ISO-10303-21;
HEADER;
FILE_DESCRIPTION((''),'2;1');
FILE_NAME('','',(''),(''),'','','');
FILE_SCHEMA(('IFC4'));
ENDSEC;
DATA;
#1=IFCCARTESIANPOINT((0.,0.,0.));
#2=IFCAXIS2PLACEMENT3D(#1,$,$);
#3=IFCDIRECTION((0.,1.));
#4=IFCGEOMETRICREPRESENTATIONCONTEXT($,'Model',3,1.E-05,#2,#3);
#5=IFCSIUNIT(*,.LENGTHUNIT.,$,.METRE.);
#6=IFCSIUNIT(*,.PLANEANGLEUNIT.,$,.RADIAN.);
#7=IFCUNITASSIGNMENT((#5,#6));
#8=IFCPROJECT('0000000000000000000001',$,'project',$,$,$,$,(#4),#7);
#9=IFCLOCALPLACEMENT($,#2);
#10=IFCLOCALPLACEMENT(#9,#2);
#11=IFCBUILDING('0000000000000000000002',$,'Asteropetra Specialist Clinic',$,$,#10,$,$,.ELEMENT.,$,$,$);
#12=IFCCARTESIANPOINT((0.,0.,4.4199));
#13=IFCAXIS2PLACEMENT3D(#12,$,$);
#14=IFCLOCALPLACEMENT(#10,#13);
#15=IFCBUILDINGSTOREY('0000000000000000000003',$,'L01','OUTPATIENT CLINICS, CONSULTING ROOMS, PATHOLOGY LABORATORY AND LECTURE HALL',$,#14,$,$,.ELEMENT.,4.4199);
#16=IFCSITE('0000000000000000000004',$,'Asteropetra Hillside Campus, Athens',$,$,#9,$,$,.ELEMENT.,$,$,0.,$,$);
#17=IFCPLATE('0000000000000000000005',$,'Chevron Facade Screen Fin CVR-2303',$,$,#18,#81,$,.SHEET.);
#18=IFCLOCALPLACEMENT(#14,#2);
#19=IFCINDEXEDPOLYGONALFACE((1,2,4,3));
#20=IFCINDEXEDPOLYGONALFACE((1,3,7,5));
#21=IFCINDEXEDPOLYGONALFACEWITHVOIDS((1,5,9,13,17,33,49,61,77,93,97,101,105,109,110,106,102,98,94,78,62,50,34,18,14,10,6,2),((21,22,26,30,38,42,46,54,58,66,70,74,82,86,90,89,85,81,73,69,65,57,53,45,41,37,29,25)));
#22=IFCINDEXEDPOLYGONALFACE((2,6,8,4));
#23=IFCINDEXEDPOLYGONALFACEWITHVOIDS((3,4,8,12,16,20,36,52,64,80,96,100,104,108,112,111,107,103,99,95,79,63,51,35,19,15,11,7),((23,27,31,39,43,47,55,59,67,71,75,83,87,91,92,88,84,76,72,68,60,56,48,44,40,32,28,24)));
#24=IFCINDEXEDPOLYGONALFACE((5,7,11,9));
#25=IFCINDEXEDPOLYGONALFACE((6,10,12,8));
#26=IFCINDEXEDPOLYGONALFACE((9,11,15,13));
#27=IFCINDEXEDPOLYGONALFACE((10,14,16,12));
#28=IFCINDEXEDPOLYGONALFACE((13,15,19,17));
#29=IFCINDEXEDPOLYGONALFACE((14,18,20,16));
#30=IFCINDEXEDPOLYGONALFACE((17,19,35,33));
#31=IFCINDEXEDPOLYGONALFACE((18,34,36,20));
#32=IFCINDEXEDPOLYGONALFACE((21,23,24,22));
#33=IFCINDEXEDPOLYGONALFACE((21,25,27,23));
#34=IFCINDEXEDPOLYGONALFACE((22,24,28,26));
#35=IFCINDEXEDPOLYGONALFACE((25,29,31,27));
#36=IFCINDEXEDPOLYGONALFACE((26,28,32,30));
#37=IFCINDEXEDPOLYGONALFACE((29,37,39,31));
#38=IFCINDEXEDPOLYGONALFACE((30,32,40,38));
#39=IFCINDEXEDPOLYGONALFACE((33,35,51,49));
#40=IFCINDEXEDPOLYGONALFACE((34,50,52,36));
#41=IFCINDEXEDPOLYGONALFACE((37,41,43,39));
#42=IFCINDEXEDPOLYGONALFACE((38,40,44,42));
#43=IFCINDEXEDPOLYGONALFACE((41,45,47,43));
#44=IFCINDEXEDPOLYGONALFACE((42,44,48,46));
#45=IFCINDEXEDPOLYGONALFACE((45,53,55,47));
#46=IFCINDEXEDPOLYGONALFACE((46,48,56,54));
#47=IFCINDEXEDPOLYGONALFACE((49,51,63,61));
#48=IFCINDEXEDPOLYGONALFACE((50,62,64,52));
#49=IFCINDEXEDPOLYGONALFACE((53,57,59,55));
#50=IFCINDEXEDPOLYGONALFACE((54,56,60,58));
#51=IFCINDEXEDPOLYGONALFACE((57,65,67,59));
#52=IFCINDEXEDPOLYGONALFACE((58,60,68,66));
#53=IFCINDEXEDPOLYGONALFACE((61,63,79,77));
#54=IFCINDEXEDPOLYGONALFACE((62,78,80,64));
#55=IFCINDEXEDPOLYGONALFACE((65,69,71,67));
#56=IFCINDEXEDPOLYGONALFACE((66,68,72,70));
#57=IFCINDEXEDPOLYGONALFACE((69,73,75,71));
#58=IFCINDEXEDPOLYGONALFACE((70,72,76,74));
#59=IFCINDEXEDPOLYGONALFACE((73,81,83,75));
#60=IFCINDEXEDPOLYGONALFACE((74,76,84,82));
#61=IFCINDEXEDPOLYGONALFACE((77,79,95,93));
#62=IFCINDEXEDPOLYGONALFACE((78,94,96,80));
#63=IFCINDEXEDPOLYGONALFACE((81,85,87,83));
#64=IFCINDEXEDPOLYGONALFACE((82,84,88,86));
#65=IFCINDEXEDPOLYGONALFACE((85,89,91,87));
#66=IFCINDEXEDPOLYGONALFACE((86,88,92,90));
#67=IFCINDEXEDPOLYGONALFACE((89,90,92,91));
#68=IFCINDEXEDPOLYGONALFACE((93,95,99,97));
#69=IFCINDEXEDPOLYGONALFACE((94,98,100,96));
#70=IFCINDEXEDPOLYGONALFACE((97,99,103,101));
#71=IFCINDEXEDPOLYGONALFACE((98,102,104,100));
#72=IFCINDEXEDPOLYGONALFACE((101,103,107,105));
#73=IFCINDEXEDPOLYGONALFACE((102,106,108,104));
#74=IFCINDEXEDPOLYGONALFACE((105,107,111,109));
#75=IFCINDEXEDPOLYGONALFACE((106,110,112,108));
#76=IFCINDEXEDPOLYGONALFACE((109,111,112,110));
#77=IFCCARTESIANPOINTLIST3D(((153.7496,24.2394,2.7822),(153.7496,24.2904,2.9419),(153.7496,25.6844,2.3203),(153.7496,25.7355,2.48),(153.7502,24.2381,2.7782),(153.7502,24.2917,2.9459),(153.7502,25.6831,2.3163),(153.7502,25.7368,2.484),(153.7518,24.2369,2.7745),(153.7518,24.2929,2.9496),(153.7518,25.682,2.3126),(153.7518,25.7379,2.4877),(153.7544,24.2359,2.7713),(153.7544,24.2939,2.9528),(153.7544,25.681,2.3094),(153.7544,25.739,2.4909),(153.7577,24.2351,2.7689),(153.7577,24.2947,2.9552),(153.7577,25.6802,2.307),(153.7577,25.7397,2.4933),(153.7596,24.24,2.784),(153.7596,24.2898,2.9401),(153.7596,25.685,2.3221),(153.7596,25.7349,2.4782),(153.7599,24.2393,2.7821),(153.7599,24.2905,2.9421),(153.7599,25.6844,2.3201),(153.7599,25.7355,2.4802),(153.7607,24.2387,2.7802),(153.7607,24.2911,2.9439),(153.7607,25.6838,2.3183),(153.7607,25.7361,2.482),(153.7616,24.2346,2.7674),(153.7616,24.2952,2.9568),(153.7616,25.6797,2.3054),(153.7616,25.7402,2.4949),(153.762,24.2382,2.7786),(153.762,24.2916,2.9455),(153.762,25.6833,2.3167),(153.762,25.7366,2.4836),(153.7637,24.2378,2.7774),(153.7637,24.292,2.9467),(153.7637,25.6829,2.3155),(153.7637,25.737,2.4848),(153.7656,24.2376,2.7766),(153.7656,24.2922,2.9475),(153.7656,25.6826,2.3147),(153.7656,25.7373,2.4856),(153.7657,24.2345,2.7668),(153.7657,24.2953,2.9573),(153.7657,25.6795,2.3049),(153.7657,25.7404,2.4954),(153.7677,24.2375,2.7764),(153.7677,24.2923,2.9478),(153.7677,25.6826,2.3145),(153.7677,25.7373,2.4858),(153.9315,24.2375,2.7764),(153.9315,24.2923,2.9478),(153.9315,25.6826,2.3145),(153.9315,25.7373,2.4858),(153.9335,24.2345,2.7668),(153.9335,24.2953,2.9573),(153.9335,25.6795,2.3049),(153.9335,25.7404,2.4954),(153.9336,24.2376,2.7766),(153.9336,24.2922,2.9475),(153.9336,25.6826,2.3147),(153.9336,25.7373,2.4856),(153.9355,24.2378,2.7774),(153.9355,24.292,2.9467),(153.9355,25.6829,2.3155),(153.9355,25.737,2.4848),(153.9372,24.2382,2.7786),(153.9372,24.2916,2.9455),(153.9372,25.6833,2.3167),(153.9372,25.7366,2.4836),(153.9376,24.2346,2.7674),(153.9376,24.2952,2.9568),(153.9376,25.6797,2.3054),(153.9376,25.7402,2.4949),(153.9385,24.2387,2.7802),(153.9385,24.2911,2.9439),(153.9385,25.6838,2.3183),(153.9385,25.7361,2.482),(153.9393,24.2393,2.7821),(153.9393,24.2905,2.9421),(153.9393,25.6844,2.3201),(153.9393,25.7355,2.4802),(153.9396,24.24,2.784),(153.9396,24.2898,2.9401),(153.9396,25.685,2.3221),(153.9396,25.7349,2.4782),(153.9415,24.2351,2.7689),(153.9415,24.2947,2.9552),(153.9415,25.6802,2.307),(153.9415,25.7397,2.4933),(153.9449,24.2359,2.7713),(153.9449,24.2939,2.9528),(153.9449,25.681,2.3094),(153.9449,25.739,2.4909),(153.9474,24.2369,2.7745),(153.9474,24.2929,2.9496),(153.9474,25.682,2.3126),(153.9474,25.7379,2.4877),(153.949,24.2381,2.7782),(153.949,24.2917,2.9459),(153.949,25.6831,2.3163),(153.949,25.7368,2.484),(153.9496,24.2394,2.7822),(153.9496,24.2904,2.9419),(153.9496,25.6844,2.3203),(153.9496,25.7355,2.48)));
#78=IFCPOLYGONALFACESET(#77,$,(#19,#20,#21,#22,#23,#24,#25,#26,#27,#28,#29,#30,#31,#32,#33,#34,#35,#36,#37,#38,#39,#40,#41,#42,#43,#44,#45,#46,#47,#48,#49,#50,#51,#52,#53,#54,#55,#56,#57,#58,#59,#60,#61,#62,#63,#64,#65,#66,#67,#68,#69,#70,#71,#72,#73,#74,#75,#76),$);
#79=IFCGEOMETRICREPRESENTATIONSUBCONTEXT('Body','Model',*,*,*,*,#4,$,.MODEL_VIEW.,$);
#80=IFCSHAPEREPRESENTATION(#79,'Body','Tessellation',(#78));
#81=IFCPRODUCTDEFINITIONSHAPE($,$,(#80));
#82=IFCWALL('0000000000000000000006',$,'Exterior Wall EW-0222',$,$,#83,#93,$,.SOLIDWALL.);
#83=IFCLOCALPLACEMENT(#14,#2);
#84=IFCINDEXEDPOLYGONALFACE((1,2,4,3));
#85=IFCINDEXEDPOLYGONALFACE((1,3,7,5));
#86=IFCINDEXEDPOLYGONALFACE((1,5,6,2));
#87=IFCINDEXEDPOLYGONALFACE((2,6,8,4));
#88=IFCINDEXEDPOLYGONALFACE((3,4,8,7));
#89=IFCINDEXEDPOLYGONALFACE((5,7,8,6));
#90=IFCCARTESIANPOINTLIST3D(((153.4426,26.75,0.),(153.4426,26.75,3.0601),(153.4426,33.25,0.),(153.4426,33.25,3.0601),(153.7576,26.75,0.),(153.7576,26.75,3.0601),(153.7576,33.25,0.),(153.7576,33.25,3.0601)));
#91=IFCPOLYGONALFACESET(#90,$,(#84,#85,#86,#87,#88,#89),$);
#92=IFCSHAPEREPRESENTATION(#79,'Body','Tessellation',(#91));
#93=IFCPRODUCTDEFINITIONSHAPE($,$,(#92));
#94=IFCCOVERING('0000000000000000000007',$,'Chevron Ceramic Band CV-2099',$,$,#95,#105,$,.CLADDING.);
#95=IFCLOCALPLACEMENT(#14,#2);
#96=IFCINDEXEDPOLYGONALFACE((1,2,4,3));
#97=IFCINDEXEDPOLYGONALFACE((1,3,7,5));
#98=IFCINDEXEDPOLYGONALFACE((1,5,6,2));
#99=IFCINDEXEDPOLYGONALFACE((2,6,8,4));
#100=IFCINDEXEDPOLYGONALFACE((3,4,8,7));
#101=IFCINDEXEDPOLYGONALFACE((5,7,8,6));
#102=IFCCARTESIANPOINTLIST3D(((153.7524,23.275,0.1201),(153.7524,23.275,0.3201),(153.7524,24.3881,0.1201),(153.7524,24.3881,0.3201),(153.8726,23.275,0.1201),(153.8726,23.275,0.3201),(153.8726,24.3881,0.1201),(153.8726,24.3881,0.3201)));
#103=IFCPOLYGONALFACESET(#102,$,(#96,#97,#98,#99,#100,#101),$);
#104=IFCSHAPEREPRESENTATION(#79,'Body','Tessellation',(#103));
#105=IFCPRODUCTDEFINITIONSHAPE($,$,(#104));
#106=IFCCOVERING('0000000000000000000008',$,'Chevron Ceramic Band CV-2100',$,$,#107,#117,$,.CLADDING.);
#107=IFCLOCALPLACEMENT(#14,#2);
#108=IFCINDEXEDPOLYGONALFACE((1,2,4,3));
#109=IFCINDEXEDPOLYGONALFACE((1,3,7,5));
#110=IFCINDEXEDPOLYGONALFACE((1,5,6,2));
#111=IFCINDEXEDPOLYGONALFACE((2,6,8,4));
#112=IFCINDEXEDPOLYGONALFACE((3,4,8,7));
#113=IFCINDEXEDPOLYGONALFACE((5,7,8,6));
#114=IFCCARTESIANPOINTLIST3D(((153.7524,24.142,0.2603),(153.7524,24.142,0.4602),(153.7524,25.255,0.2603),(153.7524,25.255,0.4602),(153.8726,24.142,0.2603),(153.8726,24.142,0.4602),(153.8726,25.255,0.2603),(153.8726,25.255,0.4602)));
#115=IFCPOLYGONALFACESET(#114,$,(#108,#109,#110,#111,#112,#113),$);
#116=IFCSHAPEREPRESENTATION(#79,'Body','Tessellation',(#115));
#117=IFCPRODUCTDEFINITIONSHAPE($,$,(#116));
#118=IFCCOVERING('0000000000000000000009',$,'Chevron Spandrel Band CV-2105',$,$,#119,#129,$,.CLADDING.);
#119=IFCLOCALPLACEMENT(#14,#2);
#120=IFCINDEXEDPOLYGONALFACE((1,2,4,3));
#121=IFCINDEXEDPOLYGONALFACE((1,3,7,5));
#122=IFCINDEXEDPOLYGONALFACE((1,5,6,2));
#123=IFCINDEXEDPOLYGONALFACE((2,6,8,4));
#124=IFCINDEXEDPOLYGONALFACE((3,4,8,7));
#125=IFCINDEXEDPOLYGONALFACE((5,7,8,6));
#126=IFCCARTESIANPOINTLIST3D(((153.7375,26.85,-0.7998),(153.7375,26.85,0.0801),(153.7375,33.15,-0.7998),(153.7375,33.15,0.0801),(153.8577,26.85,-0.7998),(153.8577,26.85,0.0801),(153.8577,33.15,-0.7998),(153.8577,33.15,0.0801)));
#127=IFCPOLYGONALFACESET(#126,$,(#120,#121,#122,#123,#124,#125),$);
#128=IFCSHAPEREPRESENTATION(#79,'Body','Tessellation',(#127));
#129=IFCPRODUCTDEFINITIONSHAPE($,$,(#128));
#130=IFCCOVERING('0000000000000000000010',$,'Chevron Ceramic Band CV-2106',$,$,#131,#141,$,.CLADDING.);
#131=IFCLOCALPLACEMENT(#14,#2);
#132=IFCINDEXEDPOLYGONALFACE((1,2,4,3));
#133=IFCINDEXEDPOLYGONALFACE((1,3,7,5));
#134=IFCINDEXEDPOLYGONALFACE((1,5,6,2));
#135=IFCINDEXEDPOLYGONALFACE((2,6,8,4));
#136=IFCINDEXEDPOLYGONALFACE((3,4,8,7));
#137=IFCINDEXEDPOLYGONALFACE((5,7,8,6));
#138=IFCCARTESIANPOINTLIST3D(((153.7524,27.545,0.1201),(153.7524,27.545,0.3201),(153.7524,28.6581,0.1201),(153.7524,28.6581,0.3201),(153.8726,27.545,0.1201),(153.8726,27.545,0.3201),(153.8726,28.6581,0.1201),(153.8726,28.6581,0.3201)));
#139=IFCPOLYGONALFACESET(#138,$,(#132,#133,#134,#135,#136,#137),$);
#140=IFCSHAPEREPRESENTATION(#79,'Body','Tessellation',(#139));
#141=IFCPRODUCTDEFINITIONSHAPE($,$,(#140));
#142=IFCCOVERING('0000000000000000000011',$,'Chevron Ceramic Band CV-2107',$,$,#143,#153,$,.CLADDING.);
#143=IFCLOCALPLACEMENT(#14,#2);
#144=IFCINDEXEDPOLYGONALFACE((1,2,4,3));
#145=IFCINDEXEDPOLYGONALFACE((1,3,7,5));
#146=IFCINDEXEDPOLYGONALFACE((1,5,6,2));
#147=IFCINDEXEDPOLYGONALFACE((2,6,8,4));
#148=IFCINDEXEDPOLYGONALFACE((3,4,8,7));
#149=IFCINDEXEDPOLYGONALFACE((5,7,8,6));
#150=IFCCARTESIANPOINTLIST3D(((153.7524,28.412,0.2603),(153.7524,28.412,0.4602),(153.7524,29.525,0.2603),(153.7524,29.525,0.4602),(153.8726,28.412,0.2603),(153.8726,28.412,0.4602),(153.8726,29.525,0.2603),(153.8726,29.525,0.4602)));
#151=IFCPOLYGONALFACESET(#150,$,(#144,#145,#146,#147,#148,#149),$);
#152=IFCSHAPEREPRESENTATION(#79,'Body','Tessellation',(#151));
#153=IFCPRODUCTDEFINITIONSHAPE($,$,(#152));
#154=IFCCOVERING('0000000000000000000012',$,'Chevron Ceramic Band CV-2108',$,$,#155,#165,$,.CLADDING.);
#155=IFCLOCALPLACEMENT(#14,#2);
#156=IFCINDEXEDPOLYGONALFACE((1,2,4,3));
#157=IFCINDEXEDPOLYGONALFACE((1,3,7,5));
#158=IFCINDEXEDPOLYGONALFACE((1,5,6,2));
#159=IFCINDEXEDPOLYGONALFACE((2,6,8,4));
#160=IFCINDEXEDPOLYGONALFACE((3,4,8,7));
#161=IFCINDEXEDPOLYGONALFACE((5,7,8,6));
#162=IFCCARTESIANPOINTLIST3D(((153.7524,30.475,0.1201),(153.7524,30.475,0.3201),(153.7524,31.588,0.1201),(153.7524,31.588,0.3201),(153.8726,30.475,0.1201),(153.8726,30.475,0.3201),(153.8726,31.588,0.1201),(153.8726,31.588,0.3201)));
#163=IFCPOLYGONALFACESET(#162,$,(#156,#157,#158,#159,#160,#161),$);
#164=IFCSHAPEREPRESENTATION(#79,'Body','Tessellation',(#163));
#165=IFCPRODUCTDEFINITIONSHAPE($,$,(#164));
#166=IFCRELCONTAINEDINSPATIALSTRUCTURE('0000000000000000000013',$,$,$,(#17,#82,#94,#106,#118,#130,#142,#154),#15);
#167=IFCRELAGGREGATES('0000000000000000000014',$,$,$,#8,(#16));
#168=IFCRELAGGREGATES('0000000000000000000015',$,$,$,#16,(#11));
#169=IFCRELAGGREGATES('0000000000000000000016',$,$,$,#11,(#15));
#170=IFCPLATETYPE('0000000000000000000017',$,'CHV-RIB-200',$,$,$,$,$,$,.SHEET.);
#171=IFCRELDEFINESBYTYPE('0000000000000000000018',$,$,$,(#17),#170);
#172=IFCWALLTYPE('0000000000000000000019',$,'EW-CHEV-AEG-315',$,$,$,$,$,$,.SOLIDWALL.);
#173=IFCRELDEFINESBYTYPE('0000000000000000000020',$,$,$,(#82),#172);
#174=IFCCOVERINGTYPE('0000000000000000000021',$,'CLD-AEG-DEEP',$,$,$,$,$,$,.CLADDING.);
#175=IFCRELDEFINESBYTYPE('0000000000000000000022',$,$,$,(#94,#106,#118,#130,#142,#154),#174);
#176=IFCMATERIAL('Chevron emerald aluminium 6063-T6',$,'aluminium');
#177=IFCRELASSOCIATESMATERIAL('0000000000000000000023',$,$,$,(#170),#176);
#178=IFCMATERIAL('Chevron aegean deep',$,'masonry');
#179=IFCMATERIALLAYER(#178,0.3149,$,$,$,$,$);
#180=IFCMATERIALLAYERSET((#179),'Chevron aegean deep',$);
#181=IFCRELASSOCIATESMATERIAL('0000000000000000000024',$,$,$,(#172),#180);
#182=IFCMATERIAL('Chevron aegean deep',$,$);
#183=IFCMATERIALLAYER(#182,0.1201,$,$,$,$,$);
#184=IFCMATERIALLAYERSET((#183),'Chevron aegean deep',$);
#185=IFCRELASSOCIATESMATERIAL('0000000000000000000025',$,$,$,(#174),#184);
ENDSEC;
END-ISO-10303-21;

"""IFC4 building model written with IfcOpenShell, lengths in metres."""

from ifc_helpers import new_model, si_unit, direction, frame, frame_2d, origin, origin_2d, place, context, subcontext, project, spatial, rectangle, hollow_rectangle, extrude, material, layer, layer_set, material_profile, profile_set, type_object, element, save


model = new_model("IFC4")

# Units and contexts
model_context = context("Model", 3, precision=1e-05, world=origin(), true_north=direction((0.0, 1.0)))
body_context = subcontext(model_context, "Body", "Model", "MODEL_VIEW")
ifc_project = project(units=[si_unit("LENGTHUNIT", "METRE"), si_unit("PLANEANGLEUNIT", "RADIAN")], contexts=[model_context])

# Site, building, storey
site_placement = place(None, origin())
site = spatial("IfcSite", under=ifc_project, at=site_placement, Name="Asteropetra Hillside Campus, Athens", CompositionType="ELEMENT", RefElevation=0.0)
building_placement = place(site_placement, origin())
building = spatial("IfcBuilding", under=site, at=building_placement, Name="Asteropetra Specialist Clinic", CompositionType="ELEMENT")
storey_placement = place(building_placement, frame((0.0, 0.0, 4.4199)))
storey = spatial("IfcBuildingStorey", under=building, at=storey_placement, Name="L01", Description="OUTPATIENT CLINICS, CONSULTING ROOMS, PATHOLOGY LABORATORY AND LECTURE HALL", CompositionType="ELEMENT", Elevation=4.4199)

# Plate
ifc_material_1 = material(Name="Chevron emerald aluminium 6063-T6", Category="aluminium")
ifc_material_profile_1 = material_profile(ifc_material_1, hollow_rectangle(XDim=0.2, YDim=0.2, WallThickness=0.01, InnerFilletRadius=0.0081, OuterFilletRadius=0.0161, at=origin_2d()), Name="SHS 200x200x10.0")
ifc_profile_set_1 = profile_set([ifc_material_profile_1], Name="Chevron emerald aluminium 6063-T6")
plate_type = type_object("IfcPlateType", Name="CHV-RIB-200", PredefinedType="SHEET", material=ifc_profile_set_1)
plate_1_placement = place(storey_placement, frame((153.8496, 24.2649, 2.8621), z_axis=(0.0, 0.952521, -0.304472), x_axis=(-1.0, 0.0, 0.0)))
element("IfcPlate", 1, at=plate_1_placement, inside=storey, type_object=plate_type, Name="Chevron Facade Screen Fin CVR-2303", PredefinedType="SHEET", context=body_context, shape_type="SweptSolid", body=[
    extrude(hollow_rectangle(XDim=0.2, YDim=0.2, WallThickness=0.01, InnerFilletRadius=0.0081, OuterFilletRadius=0.0161, at=origin_2d()), origin(), (0.0, 0.0, 1.0), 1.5171),
])

# Wall
ifc_material_2 = material(Name="Chevron aegean deep", Category="masonry")
ifc_layer_1 = layer(ifc_material_2, 0.3149)
ifc_layer_set_1 = layer_set([ifc_layer_1], Name="Chevron aegean deep")
wall_type = type_object("IfcWallType", Name="EW-CHEV-AEG-315", PredefinedType="SOLIDWALL", material=ifc_layer_set_1)
wall_placement = place(storey_placement, frame((153.6001, 26.75, 0.0), z_axis=(0.0, 0.0, 1.0), x_axis=(0.0, 1.0, 0.0)))
element("IfcWall", 2, at=wall_placement, inside=storey, type_object=wall_type, Name="Exterior Wall EW-0222", PredefinedType="SOLIDWALL", context=body_context, shape_type="SweptSolid", body=[
    extrude(rectangle(XDim=6.5, YDim=0.3149, at=frame_2d((3.25, 0.0))), origin(), (0.0, 0.0, 1.0), 3.0601),
])

# Coverings
ifc_material_3 = material(Name="Chevron aegean deep")
ifc_layer_2 = layer(ifc_material_3, 0.1201)
ifc_layer_set_2 = layer_set([ifc_layer_2], Name="Chevron aegean deep")
covering_type = type_object("IfcCoveringType", Name="CLD-AEG-DEEP", PredefinedType="CLADDING", material=ifc_layer_set_2)
for number, where, z_axis, x_axis, name in (
    (3, (153.8125, 23.8315, 0.1201), (0.0, 0.0, 1.0), (1.0, 0.0, 0.0), "Chevron Ceramic Band CV-2099"),
    (4, (153.8125, 24.6985, 0.2603), (0.0, 0.0, 1.0), (1.0, 0.0, 0.0), "Chevron Ceramic Band CV-2100"),
):
    element("IfcCovering", number, at=place(storey_placement, frame(where, z_axis=z_axis, x_axis=x_axis)), inside=storey, type_object=covering_type, Name=name, PredefinedType="CLADDING", context=body_context, shape_type="SweptSolid", body=[
        extrude(rectangle(XDim=0.1201, YDim=1.113, at=origin_2d()), origin(), (0.0, 0.0, 1.0), 0.2),
    ])
covering_placement = place(storey_placement, frame((153.7976, 30.0, -0.7998), z_axis=(0.0, 0.0, 1.0), x_axis=(1.0, 0.0, 0.0)))
element("IfcCovering", 5, at=covering_placement, inside=storey, type_object=covering_type, Name="Chevron Spandrel Band CV-2105", PredefinedType="CLADDING", context=body_context, shape_type="SweptSolid", body=[
    extrude(rectangle(XDim=0.1201, YDim=6.3, at=origin_2d()), origin(), (0.0, 0.0, 1.0), 0.8799),
])
for number, where, z_axis, x_axis, name in (
    (6, (153.8125, 28.1016, 0.1201), (0.0, 0.0, 1.0), (1.0, 0.0, 0.0), "Chevron Ceramic Band CV-2106"),
    (7, (153.8125, 28.9685, 0.2603), (0.0, 0.0, 1.0), (1.0, 0.0, 0.0), "Chevron Ceramic Band CV-2107"),
    (8, (153.8125, 31.0315, 0.1201), (0.0, 0.0, 1.0), (1.0, 0.0, 0.0), "Chevron Ceramic Band CV-2108"),
):
    element("IfcCovering", number, at=place(storey_placement, frame(where, z_axis=z_axis, x_axis=x_axis)), inside=storey, type_object=covering_type, Name=name, PredefinedType="CLADDING", context=body_context, shape_type="SweptSolid", body=[
        extrude(rectangle(XDim=0.1201, YDim=1.113, at=origin_2d()), origin(), (0.0, 0.0, 1.0), 0.2),
    ])

save(model, "model.ifc")
